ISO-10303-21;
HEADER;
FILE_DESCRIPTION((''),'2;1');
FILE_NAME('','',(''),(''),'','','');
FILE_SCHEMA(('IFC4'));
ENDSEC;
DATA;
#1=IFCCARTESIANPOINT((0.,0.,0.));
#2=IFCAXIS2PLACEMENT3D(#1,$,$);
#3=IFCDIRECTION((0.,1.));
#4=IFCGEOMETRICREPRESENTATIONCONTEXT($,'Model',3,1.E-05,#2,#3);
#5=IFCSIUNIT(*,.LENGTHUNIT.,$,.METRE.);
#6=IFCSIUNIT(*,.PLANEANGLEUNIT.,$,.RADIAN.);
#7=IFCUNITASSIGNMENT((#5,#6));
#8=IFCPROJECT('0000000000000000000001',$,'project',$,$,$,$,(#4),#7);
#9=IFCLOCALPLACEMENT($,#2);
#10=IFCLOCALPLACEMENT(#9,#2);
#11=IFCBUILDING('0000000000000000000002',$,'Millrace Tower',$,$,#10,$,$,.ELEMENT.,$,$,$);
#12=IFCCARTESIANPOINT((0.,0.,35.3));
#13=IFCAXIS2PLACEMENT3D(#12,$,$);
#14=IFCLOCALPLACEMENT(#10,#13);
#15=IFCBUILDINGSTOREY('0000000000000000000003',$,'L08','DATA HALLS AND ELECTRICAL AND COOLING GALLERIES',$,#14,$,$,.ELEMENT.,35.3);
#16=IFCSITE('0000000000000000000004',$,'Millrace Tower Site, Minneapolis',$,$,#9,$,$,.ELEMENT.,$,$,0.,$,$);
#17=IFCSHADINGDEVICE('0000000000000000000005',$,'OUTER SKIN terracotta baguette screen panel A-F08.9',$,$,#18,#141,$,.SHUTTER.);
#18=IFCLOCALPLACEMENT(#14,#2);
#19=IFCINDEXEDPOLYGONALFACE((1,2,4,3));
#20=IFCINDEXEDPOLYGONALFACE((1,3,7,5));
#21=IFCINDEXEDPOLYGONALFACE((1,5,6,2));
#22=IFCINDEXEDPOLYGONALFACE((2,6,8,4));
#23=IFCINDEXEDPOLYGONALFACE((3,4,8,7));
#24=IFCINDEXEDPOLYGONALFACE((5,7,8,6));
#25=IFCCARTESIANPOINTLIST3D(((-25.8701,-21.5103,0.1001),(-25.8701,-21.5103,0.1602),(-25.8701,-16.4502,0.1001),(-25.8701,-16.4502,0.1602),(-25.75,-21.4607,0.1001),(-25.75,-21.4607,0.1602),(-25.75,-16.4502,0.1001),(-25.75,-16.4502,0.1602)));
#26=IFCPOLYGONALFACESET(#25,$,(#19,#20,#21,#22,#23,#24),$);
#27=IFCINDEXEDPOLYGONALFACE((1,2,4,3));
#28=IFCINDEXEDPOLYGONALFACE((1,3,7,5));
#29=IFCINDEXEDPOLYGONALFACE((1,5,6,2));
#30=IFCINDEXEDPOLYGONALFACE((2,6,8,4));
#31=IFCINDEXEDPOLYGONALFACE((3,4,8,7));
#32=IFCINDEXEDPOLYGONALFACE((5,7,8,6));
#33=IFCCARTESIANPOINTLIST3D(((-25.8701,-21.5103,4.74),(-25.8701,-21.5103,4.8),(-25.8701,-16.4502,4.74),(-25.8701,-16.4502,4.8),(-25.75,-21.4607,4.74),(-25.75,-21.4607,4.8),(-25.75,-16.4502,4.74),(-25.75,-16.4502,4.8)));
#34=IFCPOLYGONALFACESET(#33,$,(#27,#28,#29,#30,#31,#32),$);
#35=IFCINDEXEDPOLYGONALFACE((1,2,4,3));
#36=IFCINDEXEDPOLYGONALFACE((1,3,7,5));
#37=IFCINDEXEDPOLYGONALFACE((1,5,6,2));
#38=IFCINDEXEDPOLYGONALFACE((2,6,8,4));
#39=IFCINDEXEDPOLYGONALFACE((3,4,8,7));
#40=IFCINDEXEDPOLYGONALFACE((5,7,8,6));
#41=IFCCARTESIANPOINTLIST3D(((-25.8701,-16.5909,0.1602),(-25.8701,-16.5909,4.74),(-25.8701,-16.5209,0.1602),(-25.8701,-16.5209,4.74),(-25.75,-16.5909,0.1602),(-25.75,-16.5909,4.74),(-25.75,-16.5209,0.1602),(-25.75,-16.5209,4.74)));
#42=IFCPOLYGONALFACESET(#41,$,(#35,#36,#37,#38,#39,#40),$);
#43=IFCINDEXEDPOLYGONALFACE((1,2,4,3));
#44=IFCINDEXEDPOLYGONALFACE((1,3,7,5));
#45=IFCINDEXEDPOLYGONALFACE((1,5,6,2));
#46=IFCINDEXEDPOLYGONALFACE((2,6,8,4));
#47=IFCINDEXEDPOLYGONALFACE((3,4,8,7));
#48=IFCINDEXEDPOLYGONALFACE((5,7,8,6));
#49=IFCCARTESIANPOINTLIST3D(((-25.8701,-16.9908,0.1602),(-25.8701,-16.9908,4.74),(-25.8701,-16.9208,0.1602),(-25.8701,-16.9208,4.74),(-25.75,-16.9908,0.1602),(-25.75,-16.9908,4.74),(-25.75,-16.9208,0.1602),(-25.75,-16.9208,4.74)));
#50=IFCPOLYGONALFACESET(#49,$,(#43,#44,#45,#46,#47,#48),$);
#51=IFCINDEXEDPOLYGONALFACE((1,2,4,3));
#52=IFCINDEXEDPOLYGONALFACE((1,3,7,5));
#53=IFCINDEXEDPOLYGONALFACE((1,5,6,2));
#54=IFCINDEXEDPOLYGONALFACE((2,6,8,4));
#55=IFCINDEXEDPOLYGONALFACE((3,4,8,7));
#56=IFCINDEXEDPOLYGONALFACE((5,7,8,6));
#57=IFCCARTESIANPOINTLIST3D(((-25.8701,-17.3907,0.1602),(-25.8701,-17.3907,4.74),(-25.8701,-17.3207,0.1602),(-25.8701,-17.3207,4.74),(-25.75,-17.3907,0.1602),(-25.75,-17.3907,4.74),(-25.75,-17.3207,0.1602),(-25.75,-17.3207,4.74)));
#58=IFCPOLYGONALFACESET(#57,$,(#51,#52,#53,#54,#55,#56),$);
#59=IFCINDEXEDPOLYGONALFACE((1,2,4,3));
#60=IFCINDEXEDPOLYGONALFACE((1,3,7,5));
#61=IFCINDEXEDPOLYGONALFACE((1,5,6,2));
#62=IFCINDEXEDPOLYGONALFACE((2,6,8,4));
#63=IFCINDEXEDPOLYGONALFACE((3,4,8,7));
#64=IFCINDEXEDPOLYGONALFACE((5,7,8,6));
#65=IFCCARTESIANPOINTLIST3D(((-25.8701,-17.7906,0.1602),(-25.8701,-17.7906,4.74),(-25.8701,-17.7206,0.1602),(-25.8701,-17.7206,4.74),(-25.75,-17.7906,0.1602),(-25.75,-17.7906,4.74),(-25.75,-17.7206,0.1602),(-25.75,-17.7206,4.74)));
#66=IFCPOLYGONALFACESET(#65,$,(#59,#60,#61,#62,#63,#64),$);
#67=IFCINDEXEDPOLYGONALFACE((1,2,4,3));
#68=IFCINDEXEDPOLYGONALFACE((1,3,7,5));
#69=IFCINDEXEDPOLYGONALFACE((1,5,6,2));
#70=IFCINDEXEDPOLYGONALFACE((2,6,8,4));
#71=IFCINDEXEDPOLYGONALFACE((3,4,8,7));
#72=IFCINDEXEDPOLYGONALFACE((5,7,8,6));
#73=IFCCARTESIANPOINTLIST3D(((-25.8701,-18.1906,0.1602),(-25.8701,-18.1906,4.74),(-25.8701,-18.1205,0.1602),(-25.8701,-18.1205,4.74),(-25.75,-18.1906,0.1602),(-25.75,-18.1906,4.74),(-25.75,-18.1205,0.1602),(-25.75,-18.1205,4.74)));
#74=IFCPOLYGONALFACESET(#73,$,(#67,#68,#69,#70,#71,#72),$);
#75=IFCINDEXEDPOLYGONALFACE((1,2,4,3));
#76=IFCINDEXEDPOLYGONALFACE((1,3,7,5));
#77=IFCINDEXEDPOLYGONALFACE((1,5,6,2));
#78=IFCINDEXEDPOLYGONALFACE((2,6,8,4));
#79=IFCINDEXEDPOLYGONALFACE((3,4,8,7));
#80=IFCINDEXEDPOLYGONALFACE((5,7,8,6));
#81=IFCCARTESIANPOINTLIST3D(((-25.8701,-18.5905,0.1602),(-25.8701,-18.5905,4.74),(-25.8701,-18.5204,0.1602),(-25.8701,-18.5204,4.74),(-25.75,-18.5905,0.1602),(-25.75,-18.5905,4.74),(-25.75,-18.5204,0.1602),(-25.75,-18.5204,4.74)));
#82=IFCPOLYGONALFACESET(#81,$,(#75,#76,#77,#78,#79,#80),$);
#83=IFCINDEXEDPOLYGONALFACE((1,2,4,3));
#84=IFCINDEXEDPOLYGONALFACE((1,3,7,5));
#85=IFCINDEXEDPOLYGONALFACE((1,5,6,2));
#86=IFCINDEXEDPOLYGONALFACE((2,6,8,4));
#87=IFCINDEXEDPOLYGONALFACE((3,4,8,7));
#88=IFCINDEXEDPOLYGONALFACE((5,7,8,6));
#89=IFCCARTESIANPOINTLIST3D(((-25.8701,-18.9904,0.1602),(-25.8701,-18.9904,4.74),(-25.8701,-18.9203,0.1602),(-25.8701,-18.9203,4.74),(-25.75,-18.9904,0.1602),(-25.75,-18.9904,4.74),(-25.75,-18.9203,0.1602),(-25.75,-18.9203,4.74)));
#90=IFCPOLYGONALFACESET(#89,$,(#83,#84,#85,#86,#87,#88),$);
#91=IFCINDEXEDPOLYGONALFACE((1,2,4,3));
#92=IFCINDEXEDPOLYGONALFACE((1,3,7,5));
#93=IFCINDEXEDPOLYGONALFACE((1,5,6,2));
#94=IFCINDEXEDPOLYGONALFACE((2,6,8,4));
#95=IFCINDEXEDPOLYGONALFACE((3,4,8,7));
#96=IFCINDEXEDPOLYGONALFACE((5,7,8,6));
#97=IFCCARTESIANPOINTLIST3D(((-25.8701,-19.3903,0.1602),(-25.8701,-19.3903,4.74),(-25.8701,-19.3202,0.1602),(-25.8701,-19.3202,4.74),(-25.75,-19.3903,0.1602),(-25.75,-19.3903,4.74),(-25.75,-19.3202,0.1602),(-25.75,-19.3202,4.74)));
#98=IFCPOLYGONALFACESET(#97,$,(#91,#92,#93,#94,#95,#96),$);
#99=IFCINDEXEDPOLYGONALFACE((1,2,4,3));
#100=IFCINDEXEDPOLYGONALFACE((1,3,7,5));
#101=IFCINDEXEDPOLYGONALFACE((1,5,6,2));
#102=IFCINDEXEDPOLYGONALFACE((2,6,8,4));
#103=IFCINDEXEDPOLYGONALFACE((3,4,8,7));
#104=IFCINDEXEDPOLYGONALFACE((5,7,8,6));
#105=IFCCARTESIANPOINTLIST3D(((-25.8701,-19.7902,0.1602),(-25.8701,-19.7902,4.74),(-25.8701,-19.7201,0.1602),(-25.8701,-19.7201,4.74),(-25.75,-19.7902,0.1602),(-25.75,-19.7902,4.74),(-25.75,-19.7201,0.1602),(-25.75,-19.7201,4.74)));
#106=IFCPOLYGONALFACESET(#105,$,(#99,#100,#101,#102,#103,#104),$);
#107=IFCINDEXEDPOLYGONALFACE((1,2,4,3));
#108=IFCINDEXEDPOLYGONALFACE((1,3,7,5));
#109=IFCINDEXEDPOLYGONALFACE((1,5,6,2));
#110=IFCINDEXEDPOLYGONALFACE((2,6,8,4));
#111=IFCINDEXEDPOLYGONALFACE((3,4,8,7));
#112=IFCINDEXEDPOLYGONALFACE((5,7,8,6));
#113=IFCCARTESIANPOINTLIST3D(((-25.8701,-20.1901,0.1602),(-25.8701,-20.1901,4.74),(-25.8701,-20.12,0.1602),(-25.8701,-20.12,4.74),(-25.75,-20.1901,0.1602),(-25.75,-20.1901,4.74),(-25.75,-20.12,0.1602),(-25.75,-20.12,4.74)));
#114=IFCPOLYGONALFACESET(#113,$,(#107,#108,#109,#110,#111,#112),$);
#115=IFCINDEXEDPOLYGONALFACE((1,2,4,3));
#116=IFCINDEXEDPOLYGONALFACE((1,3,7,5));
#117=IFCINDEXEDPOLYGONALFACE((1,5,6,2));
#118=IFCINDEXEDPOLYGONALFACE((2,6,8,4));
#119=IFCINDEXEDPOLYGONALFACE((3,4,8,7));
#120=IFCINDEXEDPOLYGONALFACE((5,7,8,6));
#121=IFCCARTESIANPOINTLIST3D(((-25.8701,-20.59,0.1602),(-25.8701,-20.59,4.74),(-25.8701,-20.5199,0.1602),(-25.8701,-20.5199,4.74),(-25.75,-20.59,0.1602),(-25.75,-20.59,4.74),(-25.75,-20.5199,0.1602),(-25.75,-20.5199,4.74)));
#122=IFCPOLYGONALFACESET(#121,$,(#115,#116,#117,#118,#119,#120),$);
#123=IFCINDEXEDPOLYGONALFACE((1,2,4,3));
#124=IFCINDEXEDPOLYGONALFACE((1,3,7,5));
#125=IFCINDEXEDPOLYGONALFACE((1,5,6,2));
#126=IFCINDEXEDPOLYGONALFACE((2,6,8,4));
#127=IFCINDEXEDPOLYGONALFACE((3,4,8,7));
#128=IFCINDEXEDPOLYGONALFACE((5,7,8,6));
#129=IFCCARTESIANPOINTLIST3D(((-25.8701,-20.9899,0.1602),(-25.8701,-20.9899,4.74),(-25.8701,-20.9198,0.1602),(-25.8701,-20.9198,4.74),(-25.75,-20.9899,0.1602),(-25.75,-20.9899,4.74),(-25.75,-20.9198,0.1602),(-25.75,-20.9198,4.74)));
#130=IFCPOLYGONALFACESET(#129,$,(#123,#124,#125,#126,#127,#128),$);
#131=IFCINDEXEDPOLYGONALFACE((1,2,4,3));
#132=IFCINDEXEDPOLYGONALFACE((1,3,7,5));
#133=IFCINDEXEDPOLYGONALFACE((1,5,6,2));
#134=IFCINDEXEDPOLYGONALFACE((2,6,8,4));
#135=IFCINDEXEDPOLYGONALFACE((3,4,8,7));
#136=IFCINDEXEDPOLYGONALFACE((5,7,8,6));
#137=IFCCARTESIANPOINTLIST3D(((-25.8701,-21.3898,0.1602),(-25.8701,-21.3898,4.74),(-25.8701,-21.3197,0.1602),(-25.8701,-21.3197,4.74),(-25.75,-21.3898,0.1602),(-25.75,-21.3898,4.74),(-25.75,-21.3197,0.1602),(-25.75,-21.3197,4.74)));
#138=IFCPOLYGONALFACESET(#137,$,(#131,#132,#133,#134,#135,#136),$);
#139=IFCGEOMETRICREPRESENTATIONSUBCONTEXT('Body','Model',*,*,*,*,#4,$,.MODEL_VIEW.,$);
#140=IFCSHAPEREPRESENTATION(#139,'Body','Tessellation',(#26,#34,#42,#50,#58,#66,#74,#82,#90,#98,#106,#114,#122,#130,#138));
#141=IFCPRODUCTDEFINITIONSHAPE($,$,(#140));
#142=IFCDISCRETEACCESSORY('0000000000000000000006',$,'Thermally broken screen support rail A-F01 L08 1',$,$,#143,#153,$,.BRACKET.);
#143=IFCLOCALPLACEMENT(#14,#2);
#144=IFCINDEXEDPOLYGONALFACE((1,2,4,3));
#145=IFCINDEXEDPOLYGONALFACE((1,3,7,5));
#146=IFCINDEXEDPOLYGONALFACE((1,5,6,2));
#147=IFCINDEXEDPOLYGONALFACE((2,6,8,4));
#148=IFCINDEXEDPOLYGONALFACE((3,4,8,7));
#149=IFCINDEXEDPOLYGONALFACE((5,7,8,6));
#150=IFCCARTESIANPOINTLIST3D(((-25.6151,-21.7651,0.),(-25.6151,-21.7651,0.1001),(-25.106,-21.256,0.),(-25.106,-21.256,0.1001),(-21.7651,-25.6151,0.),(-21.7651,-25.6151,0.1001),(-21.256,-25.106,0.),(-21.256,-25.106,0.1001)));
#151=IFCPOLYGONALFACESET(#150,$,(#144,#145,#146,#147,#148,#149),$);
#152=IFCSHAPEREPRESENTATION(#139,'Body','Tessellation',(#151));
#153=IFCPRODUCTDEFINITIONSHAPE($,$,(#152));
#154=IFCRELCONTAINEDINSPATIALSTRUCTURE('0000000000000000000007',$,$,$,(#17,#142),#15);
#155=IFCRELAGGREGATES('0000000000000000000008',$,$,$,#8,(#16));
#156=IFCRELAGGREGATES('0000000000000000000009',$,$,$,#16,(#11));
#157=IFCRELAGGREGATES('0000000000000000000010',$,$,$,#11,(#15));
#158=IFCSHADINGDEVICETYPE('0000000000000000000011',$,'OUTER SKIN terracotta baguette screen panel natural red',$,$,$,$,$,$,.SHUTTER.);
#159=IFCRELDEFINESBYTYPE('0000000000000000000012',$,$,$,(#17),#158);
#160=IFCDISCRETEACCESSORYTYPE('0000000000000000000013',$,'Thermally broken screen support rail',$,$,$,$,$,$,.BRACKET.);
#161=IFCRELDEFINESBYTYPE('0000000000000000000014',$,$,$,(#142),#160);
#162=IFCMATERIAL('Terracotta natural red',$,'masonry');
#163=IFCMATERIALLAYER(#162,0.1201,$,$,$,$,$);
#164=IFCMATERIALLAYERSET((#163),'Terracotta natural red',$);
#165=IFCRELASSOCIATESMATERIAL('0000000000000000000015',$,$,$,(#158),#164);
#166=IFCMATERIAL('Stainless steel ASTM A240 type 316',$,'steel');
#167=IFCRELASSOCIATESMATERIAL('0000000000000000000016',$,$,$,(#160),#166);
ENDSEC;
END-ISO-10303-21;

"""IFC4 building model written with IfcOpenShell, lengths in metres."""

from ifc_helpers import new_model, entity, si_unit, direction, frame, frame_2d, origin, origin_2d, place, context, subcontext, project, spatial, rectangle, extrude, source, transform, mapped, material, layer, layer_set, type_object, element, save


model = new_model("IFC4")

# Units and contexts
model_context = context("Model", 3, precision=1e-05, world=origin(), true_north=direction((0.0, 1.0)))
body_context = subcontext(model_context, "Body", "Model", "MODEL_VIEW")
ifc_project = project(units=[si_unit("LENGTHUNIT", "METRE"), si_unit("PLANEANGLEUNIT", "RADIAN")], contexts=[model_context])

# Site, building, storey
site_placement = place(None, origin())
site = spatial("IfcSite", under=ifc_project, at=site_placement, Name="Millrace Tower Site, Minneapolis", CompositionType="ELEMENT", RefElevation=0.0)
building_placement = place(site_placement, origin())
building = spatial("IfcBuilding", under=site, at=building_placement, Name="Millrace Tower", CompositionType="ELEMENT")
storey_placement = place(building_placement, frame((0.0, 0.0, 35.3)))
storey = spatial("IfcBuildingStorey", under=building, at=storey_placement, Name="L08", Description="DATA HALLS AND ELECTRICAL AND COOLING GALLERIES", CompositionType="ELEMENT", Elevation=35.3)

# Shading device
ifc_material_1 = material(Name="Terracotta natural red", Category="masonry")
ifc_layer_1 = layer(ifc_material_1, 0.1201)
ifc_layer_set_1 = layer_set([ifc_layer_1], Name="Terracotta natural red")
shading_device_type_1 = type_object("IfcShadingDeviceType", Name="OUTER SKIN terracotta baguette screen panel natural red", PredefinedType="SHUTTER", material=ifc_layer_set_1)
cartesian_point_1 = entity("IfcCartesianPoint", [-2.5176, 0.0601])
shared_polyline_1 = entity("IfcPolyline", [cartesian_point_1, entity("IfcCartesianPoint", [2.4929, 0.0601]), entity("IfcCartesianPoint", [2.5425, -0.0601]), entity("IfcCartesianPoint", [-2.5176, -0.0601]), cartesian_point_1])
shared_shape_1 = source(origin(), body_context, "Body", "SweptSolid", [
    entity("IfcExtrudedAreaSolid", entity("IfcArbitraryClosedProfileDef", "AREA", None, shared_polyline_1), entity("IfcAxis2Placement3D", entity("IfcCartesianPoint", [0.0, 0.0, 0.0])), entity("IfcDirection", [0.0, 0.0, 1.0]), 0.0601),
    entity("IfcExtrudedAreaSolid", entity("IfcArbitraryClosedProfileDef", "AREA", None, shared_polyline_1), entity("IfcAxis2Placement3D", entity("IfcCartesianPoint", [0.0, 0.0, 4.6399])), entity("IfcDirection", [0.0, 0.0, 1.0]), 0.0601),
    extrude(rectangle(XDim=0.0701, YDim=0.1201, at=frame_2d((-2.4119, 0.0))), frame((0.0, 0.0, 0.0601)), (0.0, 0.0, 1.0), 4.5798),
    extrude(rectangle(XDim=0.0701, YDim=0.1201, at=frame_2d((-2.012, 0.0))), frame((0.0, 0.0, 0.0601)), (0.0, 0.0, 1.0), 4.5798),
    extrude(rectangle(XDim=0.0701, YDim=0.1201, at=frame_2d((-1.6121, 0.0))), frame((0.0, 0.0, 0.0601)), (0.0, 0.0, 1.0), 4.5798),
    extrude(rectangle(XDim=0.0701, YDim=0.1201, at=frame_2d((-1.2122, 0.0))), frame((0.0, 0.0, 0.0601)), (0.0, 0.0, 1.0), 4.5798),
    extrude(rectangle(XDim=0.0701, YDim=0.1201, at=frame_2d((-0.8123, 0.0))), frame((0.0, 0.0, 0.0601)), (0.0, 0.0, 1.0), 4.5798),
    extrude(rectangle(XDim=0.0701, YDim=0.1201, at=frame_2d((-0.4124, 0.0))), frame((0.0, 0.0, 0.0601)), (0.0, 0.0, 1.0), 4.5798),
    extrude(rectangle(XDim=0.0701, YDim=0.1201, at=frame_2d((-0.0125, 0.0))), frame((0.0, 0.0, 0.0601)), (0.0, 0.0, 1.0), 4.5798),
    extrude(rectangle(XDim=0.0701, YDim=0.1201, at=frame_2d((0.3875, 0.0))), frame((0.0, 0.0, 0.0601)), (0.0, 0.0, 1.0), 4.5798),
    extrude(rectangle(XDim=0.0701, YDim=0.1201, at=frame_2d((0.7874, 0.0))), frame((0.0, 0.0, 0.0601)), (0.0, 0.0, 1.0), 4.5798),
    extrude(rectangle(XDim=0.0701, YDim=0.1201, at=frame_2d((1.1873, 0.0))), frame((0.0, 0.0, 0.0601)), (0.0, 0.0, 1.0), 4.5798),
    extrude(rectangle(XDim=0.0701, YDim=0.1201, at=frame_2d((1.5872, 0.0))), frame((0.0, 0.0, 0.0601)), (0.0, 0.0, 1.0), 4.5798),
    extrude(rectangle(XDim=0.0701, YDim=0.1201, at=frame_2d((1.9871, 0.0))), frame((0.0, 0.0, 0.0601)), (0.0, 0.0, 1.0), 4.5798),
    extrude(rectangle(XDim=0.0701, YDim=0.1201, at=frame_2d((2.387, 0.0))), frame((0.0, 0.0, 0.0601)), (0.0, 0.0, 1.0), 4.5798),
])
shading_device_1_placement = place(storey_placement, frame((-25.8101, -18.9678, 0.1001), z_axis=(0.0, 0.0, 1.0), x_axis=(0.0, -1.0, 0.0)))
element("IfcShadingDevice", 1, at=shading_device_1_placement, inside=storey, type_object=shading_device_type_1, Name="OUTER SKIN terracotta baguette screen panel A-F08.9", PredefinedType="SHUTTER", context=body_context, shape_type="MappedRepresentation", body=[
    mapped(shared_shape_1, transform((0.0, 0.0, 0.0), scale=1.0)),
])

# Discrete accessory
ifc_material_2 = material(Name="Stainless steel ASTM A240 type 316", Category="steel")
discrete_accessory_type = type_object("IfcDiscreteAccessoryType", Name="Thermally broken screen support rail", PredefinedType="BRACKET", material=ifc_material_2)
discrete_accessory_placement = place(storey_placement, frame((-23.4355, -23.4355, 0.0), z_axis=(0.0, 0.0, 1.0), x_axis=(0.707107, -0.707107, 0.0)))
element("IfcDiscreteAccessory", 2, at=discrete_accessory_placement, inside=storey, type_object=discrete_accessory_type, Name="Thermally broken screen support rail A-F01 L08 1", PredefinedType="BRACKET", context=body_context, shape_type="SweptSolid", body=[
    extrude(rectangle(XDim=5.4448, YDim=0.72, at=origin_2d()), origin(), (0.0, 0.0, 1.0), 0.1001),
])

save(model, "model.ifc")
